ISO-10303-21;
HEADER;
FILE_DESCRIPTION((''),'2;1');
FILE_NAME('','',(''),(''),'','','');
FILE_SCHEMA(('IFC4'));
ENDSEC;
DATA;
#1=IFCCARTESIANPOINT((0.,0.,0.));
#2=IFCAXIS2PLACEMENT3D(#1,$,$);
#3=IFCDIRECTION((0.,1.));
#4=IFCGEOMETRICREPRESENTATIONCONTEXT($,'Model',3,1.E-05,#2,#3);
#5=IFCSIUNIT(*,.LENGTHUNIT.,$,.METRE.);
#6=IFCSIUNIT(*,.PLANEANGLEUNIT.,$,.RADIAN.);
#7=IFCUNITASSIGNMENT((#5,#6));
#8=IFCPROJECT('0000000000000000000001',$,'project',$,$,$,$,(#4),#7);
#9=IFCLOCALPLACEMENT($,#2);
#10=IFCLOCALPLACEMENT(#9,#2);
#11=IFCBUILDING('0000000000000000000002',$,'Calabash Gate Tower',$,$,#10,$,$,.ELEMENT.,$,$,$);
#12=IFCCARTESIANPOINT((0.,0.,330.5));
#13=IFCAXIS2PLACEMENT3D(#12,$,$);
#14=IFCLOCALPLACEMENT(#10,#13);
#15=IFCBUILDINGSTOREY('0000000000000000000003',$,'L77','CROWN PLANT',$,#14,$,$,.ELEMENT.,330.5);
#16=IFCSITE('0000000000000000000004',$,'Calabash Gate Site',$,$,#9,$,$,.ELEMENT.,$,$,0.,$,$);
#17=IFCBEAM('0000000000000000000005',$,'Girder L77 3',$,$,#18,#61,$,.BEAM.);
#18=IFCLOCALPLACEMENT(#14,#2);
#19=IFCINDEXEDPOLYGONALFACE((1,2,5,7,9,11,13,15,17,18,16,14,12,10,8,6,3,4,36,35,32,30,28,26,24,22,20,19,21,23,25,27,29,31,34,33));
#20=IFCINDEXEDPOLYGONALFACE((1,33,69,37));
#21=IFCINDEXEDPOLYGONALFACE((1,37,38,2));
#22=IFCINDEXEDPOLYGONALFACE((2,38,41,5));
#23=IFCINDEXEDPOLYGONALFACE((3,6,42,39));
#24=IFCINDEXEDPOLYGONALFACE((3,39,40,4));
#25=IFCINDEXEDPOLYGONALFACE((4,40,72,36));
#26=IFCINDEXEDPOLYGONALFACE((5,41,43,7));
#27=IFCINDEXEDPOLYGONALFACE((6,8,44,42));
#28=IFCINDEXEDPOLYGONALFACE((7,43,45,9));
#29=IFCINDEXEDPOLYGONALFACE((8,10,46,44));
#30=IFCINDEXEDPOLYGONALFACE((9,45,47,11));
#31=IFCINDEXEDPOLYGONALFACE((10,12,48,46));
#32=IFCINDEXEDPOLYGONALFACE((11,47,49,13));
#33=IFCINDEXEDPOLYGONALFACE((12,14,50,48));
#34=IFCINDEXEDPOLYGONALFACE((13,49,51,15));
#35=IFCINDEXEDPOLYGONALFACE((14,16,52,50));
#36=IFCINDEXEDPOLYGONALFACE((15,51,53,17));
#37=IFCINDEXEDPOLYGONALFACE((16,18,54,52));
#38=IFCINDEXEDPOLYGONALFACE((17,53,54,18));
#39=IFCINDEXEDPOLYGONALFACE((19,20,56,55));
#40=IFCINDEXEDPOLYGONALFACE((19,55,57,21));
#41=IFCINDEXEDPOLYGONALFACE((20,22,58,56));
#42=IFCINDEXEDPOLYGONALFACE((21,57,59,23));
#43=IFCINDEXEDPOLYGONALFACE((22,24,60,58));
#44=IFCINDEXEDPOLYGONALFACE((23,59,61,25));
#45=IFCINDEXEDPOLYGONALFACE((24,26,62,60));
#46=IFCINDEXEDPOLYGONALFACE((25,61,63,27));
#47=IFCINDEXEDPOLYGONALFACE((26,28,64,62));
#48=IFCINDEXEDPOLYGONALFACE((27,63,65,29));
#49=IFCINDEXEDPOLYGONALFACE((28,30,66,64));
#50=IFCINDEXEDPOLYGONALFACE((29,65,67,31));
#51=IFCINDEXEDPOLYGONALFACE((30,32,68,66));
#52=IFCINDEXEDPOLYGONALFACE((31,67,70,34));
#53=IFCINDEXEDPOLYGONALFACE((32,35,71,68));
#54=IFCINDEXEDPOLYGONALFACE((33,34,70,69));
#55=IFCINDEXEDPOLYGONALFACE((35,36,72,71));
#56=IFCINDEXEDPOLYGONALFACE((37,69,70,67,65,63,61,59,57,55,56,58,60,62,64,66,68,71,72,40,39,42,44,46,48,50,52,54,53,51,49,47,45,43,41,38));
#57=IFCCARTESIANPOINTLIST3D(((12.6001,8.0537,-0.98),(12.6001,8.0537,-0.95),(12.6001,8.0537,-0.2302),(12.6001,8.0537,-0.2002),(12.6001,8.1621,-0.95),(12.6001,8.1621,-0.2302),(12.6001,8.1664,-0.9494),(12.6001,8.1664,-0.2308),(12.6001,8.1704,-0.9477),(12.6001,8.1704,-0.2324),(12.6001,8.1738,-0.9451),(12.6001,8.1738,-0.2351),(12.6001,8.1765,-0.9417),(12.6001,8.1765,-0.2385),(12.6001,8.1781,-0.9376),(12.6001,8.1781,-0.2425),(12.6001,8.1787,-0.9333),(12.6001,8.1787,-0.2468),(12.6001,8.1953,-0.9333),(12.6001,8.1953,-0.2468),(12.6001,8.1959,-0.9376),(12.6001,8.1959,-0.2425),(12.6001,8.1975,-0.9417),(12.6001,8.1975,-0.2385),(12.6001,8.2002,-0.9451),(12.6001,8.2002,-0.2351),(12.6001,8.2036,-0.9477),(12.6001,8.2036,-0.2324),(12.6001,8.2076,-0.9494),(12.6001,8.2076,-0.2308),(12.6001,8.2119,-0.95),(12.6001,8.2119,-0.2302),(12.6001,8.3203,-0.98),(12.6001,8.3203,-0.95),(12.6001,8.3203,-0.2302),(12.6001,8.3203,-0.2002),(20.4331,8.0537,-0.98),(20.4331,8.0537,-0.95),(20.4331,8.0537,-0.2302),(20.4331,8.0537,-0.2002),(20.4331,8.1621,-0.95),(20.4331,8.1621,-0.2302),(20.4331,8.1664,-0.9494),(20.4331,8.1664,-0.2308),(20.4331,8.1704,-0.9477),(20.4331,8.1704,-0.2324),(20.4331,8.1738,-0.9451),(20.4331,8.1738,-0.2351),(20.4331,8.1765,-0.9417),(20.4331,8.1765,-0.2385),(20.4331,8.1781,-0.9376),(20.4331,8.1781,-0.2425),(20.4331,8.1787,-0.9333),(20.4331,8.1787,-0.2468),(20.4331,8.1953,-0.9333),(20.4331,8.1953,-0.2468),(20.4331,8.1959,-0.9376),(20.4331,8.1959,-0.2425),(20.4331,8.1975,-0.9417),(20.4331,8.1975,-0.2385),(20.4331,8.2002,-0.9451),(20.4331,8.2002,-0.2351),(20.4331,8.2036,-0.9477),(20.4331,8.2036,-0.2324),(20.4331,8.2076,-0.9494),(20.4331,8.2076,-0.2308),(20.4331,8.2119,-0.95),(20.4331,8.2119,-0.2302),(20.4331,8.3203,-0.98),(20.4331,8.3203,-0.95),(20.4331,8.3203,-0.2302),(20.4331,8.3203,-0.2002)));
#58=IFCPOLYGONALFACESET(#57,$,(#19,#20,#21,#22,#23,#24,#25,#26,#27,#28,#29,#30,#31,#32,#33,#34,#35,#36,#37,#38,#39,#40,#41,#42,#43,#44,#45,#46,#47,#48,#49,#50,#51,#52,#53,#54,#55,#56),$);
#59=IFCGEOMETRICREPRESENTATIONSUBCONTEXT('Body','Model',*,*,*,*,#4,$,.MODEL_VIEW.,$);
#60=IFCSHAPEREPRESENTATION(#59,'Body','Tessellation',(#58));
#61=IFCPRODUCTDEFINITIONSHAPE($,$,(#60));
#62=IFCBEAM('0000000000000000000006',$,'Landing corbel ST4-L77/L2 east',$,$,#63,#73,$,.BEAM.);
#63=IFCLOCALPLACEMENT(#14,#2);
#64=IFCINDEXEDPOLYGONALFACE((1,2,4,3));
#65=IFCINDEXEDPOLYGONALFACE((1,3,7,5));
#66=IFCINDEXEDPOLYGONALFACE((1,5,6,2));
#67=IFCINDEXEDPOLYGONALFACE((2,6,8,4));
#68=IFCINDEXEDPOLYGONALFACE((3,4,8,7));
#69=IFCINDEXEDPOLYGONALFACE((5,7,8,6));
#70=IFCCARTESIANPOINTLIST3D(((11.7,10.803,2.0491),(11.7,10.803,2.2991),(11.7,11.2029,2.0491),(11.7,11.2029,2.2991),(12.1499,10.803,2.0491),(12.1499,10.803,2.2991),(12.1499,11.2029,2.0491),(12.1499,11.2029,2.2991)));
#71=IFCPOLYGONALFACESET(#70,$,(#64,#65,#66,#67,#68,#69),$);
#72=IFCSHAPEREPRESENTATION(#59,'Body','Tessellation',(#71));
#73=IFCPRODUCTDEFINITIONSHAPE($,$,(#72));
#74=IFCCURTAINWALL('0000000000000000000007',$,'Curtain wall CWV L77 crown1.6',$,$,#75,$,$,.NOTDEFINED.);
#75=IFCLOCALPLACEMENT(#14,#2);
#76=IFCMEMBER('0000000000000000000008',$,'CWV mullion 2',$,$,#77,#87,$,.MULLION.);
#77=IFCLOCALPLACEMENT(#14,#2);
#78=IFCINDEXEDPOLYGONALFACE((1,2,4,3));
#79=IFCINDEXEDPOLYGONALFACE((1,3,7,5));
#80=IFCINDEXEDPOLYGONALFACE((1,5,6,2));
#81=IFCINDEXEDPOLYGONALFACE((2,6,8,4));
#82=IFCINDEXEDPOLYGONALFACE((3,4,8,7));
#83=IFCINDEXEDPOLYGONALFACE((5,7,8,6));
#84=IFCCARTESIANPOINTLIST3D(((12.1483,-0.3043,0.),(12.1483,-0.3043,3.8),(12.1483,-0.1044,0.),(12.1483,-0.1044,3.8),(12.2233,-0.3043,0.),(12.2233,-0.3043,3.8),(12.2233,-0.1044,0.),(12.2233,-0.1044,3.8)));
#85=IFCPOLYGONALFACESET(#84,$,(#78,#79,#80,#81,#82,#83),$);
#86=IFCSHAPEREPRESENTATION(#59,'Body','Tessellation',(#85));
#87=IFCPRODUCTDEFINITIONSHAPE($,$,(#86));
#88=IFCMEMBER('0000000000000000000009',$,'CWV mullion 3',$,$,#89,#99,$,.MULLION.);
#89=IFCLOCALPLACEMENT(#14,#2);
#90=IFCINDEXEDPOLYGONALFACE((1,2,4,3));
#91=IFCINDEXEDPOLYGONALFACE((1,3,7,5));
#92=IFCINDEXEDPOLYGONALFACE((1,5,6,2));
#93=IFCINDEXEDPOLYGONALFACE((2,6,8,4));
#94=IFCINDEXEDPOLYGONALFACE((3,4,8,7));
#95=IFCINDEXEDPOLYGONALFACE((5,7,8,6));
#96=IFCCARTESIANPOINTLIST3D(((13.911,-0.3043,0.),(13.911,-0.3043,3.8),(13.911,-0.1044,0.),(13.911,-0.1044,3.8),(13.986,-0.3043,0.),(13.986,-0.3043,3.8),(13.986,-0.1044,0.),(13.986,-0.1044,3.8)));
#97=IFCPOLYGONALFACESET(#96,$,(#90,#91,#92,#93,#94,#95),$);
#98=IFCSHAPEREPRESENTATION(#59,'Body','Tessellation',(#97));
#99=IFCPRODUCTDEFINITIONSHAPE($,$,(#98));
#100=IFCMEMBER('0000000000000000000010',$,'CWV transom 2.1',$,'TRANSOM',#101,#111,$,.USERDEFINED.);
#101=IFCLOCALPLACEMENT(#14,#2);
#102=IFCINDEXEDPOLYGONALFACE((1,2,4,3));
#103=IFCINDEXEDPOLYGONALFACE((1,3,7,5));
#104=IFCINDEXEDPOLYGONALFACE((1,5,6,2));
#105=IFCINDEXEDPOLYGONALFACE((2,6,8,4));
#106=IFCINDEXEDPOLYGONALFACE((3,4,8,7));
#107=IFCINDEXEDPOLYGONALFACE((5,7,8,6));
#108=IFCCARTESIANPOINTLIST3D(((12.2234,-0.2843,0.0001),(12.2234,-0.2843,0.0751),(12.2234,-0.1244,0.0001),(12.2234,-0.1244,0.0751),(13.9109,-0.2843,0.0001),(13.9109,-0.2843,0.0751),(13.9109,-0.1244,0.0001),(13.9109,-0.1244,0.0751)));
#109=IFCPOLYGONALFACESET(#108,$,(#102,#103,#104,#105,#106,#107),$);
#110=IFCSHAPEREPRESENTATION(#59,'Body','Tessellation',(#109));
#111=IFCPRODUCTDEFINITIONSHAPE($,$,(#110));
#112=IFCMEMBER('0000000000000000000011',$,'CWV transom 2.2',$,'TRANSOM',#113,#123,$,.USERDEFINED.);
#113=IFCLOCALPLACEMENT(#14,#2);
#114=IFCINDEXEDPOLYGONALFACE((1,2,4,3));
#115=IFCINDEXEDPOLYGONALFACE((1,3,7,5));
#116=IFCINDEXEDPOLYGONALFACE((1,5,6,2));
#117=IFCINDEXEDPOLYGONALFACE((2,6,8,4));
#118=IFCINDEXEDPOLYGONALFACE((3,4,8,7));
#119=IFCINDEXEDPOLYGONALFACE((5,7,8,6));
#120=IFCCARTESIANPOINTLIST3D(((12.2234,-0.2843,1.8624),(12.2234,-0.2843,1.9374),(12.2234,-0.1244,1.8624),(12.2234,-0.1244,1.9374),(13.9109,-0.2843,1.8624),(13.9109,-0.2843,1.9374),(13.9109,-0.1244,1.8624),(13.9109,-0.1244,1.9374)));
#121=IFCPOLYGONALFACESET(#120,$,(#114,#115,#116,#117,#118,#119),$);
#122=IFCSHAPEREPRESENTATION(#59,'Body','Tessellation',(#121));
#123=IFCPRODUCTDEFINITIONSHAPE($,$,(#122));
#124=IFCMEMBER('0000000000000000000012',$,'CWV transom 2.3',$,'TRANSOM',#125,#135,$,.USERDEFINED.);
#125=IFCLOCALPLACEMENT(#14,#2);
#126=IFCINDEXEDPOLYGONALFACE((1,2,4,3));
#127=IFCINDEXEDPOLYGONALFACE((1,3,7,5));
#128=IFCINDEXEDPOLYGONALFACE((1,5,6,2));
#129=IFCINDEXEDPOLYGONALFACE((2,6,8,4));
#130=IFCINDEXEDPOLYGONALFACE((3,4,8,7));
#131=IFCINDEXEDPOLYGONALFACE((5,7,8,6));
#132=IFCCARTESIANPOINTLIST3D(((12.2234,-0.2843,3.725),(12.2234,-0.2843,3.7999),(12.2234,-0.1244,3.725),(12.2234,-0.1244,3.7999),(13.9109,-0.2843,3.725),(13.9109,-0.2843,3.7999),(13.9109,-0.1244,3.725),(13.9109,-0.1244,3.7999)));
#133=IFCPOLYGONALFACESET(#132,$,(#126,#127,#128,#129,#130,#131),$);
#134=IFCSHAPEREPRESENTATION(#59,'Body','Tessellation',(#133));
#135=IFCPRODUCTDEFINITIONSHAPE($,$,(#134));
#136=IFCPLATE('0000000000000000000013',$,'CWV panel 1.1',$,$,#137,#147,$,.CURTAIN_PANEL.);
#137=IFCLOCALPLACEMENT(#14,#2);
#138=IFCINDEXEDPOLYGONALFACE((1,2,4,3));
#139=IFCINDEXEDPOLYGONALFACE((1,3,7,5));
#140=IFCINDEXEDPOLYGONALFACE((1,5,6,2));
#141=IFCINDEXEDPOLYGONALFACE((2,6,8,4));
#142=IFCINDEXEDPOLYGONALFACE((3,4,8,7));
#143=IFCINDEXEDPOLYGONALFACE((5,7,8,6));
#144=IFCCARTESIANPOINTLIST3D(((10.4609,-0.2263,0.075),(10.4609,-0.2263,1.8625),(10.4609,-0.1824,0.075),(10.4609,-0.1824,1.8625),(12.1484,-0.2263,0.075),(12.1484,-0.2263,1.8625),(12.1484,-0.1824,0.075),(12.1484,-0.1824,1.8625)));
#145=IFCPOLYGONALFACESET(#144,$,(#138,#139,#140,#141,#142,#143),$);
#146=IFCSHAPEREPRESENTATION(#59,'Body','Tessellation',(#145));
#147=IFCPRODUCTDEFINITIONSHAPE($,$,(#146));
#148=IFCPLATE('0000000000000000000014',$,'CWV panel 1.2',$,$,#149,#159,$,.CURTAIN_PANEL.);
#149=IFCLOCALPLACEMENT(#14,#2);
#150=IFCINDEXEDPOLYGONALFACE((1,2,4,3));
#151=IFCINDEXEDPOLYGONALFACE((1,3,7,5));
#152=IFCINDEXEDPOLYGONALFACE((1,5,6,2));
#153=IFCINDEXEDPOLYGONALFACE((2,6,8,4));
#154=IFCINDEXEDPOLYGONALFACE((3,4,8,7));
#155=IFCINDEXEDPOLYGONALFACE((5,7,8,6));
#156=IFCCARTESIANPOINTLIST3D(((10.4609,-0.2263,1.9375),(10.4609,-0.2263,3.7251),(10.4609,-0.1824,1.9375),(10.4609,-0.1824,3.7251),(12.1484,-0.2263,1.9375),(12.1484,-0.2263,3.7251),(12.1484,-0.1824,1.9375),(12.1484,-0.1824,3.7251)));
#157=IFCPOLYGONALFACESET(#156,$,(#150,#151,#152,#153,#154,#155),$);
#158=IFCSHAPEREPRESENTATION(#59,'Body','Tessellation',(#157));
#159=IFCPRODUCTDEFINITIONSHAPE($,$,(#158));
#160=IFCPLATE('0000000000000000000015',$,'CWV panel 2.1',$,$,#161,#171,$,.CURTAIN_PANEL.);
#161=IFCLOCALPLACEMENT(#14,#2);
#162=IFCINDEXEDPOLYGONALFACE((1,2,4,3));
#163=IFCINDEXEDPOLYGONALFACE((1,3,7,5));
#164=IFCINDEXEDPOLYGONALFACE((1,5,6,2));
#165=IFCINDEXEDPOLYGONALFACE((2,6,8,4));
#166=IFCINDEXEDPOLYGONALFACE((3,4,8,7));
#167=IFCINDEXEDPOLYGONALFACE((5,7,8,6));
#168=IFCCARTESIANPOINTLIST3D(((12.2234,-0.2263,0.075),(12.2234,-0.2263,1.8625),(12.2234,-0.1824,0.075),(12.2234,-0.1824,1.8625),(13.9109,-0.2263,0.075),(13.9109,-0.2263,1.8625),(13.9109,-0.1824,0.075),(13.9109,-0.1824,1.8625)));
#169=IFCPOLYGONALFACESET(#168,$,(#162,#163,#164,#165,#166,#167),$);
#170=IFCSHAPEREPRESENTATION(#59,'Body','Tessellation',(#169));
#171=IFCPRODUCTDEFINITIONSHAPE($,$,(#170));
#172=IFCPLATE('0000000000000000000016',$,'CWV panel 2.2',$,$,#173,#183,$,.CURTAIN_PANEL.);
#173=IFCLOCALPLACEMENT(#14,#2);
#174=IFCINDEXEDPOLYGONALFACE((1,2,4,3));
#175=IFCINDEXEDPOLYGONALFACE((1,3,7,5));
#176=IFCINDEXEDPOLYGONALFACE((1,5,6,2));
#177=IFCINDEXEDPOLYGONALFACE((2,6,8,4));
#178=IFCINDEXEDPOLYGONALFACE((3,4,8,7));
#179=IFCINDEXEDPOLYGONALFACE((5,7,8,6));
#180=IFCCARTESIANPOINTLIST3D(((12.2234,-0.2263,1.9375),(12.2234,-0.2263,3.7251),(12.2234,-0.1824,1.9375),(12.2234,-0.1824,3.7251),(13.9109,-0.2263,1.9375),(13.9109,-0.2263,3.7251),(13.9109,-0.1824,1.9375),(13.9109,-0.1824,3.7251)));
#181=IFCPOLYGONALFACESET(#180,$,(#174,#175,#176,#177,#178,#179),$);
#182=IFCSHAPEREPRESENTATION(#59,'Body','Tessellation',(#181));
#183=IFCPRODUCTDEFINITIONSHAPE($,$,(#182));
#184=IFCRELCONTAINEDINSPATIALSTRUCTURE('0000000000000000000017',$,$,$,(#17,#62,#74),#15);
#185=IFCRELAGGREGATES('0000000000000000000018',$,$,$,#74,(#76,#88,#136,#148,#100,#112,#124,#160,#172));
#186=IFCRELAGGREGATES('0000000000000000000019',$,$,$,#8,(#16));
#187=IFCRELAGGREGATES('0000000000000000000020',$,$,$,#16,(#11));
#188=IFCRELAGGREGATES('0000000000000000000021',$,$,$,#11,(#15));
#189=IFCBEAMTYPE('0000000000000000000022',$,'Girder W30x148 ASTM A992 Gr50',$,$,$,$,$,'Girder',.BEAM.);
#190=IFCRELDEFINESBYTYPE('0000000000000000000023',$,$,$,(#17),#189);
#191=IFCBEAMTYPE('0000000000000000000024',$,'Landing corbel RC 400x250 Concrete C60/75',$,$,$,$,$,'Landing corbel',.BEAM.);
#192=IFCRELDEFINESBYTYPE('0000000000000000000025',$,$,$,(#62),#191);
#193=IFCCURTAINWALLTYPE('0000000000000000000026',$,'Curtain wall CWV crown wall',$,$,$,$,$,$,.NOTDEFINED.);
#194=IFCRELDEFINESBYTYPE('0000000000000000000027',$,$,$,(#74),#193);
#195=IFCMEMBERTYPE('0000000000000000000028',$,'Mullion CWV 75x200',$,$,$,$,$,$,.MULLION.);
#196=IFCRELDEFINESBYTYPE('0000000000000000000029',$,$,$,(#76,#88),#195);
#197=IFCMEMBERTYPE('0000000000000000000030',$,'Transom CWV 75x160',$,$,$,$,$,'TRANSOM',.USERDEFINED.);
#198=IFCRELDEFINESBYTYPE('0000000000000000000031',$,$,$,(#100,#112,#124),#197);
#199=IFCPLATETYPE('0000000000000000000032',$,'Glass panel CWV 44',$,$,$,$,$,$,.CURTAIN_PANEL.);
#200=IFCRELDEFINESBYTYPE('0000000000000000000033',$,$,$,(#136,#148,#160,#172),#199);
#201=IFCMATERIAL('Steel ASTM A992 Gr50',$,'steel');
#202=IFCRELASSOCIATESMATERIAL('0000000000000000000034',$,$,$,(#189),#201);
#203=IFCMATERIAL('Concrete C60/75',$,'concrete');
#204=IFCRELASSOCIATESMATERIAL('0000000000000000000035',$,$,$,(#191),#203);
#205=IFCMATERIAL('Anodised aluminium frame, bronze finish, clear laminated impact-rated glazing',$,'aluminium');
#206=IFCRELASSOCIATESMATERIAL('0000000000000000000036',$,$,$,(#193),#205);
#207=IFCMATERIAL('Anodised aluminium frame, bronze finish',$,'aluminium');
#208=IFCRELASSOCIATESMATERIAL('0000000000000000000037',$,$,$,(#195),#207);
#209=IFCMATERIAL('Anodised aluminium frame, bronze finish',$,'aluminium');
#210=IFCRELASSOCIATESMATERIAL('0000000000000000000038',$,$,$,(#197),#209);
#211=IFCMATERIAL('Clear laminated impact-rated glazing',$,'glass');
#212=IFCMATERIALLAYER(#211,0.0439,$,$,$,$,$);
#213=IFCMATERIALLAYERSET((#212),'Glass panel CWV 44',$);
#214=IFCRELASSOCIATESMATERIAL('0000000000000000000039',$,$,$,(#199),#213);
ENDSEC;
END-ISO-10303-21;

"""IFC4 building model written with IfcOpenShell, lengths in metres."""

from ifc_helpers import new_model, si_unit, direction, frame, origin, origin_2d, place, context, subcontext, project, spatial, rectangle, i_section, extrude, material, layer, layer_set, material_profile, profile_set, type_object, element, aggregate, save


model = new_model("IFC4")

# Units and contexts
model_context = context("Model", 3, precision=1e-05, world=origin(), true_north=direction((0.0, 1.0)))
body_context = subcontext(model_context, "Body", "Model", "MODEL_VIEW")
ifc_project = project(units=[si_unit("LENGTHUNIT", "METRE"), si_unit("PLANEANGLEUNIT", "RADIAN")], contexts=[model_context])

# Site, building, storey
site_placement = place(None, origin())
site = spatial("IfcSite", under=ifc_project, at=site_placement, Name="Calabash Gate Site", CompositionType="ELEMENT", RefElevation=0.0)
building_placement = place(site_placement, origin())
building = spatial("IfcBuilding", under=site, at=building_placement, Name="Calabash Gate Tower", CompositionType="ELEMENT")
storey_placement = place(building_placement, frame((0.0, 0.0, 330.5)))
storey = spatial("IfcBuildingStorey", under=building, at=storey_placement, Name="L77", Description="CROWN PLANT", CompositionType="ELEMENT", Elevation=330.5)

# Beams
ifc_material_1 = material(Name="Steel ASTM A992 Gr50", Category="steel")
ifc_material_profile_1 = material_profile(ifc_material_1, i_section(OverallWidth=0.2666, OverallDepth=0.7798, WebThickness=0.0166, FlangeThickness=0.03, FilletRadius=0.0166, at=origin_2d()))
ifc_profile_set_1 = profile_set([ifc_material_profile_1], Name="Steel ASTM A992 Gr50")
beam_type_1 = type_object("IfcBeamType", Name="Girder W30x148 ASTM A992 Gr50", ElementType="Girder", PredefinedType="BEAM", material=ifc_profile_set_1)
beam_1_placement = place(storey_placement, frame((20.4331, 8.187, -0.5901), z_axis=(-1.0, 0.0, 0.0), x_axis=(0.0, -1.0, 0.0)))
element("IfcBeam", 1, at=beam_1_placement, inside=storey, type_object=beam_type_1, Name="Girder L77 3", PredefinedType="BEAM", context=body_context, shape_type="SweptSolid", body=[
    extrude(i_section(OverallWidth=0.2666, OverallDepth=0.7798, WebThickness=0.0166, FlangeThickness=0.03, FilletRadius=0.0166, at=origin_2d()), origin(), (0.0, 0.0, 1.0), 7.833),
])
ifc_material_2 = material(Name="Concrete C60/75", Category="concrete")
ifc_material_profile_2 = material_profile(ifc_material_2, rectangle(XDim=0.3999, YDim=0.25, at=origin_2d()))
ifc_profile_set_2 = profile_set([ifc_material_profile_2], Name="Concrete C60/75")
beam_type_2 = type_object("IfcBeamType", Name="Landing corbel RC 400x250 Concrete C60/75", ElementType="Landing corbel", PredefinedType="BEAM", material=ifc_profile_set_2)
beam_2_placement = place(storey_placement, frame((12.1499, 11.0029, 2.1741), z_axis=(-1.0, 0.0, 0.0), x_axis=(0.0, -1.0, 0.0)))
element("IfcBeam", 2, at=beam_2_placement, inside=storey, type_object=beam_type_2, Name="Landing corbel ST4-L77/L2 east", PredefinedType="BEAM", context=body_context, shape_type="SweptSolid", body=[
    extrude(rectangle(XDim=0.3999, YDim=0.25, at=origin_2d()), origin(), (0.0, 0.0, 1.0), 0.45),
])

# Curtain wall, members, plates
ifc_material_3 = material(Name="Anodised aluminium frame, bronze finish, clear laminated impact-rated glazing", Category="aluminium")
curtain_wall_type = type_object("IfcCurtainWallType", Name="Curtain wall CWV crown wall", PredefinedType="NOTDEFINED", material=ifc_material_3)
curtain_wall_placement = place(storey_placement, origin())
curtain_wall = element("IfcCurtainWall", 3, at=curtain_wall_placement, inside=storey, type_object=curtain_wall_type, Name="Curtain wall CWV L77 crown1.6", PredefinedType="NOTDEFINED")
ifc_material_4 = material(Name="Anodised aluminium frame, bronze finish", Category="aluminium")
ifc_material_profile_3 = material_profile(ifc_material_4, rectangle(XDim=0.2, YDim=0.075, at=origin_2d()))
ifc_profile_set_3 = profile_set([ifc_material_profile_3], Name="Anodised aluminium frame, bronze finish")
member_type_1 = type_object("IfcMemberType", Name="Mullion CWV 75x200", PredefinedType="MULLION", material=ifc_profile_set_3)
member_1_placement = place(storey_placement, frame((12.1858, -0.2043, 0.0), z_axis=(0.0, 0.0, 1.0), x_axis=(0.0, 1.0, 0.0)))
member_1 = element("IfcMember", 4, at=member_1_placement, type_object=member_type_1, Name="CWV mullion 2", PredefinedType="MULLION", context=body_context, shape_type="SweptSolid", body=[
    extrude(rectangle(XDim=0.2, YDim=0.075, at=origin_2d()), origin(), (0.0, 0.0, 1.0), 3.8),
])
member_2_placement = place(storey_placement, frame((13.9485, -0.2043, 0.0), z_axis=(0.0, 0.0, 1.0), x_axis=(0.0, 1.0, 0.0)))
member_2 = element("IfcMember", 5, at=member_2_placement, type_object=member_type_1, Name="CWV mullion 3", PredefinedType="MULLION", context=body_context, shape_type="SweptSolid", body=[
    extrude(rectangle(XDim=0.2, YDim=0.075, at=origin_2d()), origin(), (0.0, 0.0, 1.0), 3.8),
])
ifc_material_5 = material(Name="Anodised aluminium frame, bronze finish", Category="aluminium")
ifc_material_profile_4 = material_profile(ifc_material_5, rectangle(XDim=0.1599, YDim=0.075, at=origin_2d()))
ifc_profile_set_4 = profile_set([ifc_material_profile_4], Name="Anodised aluminium frame, bronze finish")
member_type_2 = type_object("IfcMemberType", Name="Transom CWV 75x160", ElementType="TRANSOM", PredefinedType="USERDEFINED", material=ifc_profile_set_4)
member_3_placement = place(storey_placement, frame((12.2234, -0.2043, 0.0376), z_axis=(1.0, 0.0, 0.0), x_axis=(0.0, 1.0, 0.0)))
member_3 = element("IfcMember", 6, at=member_3_placement, type_object=member_type_2, Name="CWV transom 2.1", ObjectType="TRANSOM", PredefinedType="USERDEFINED", context=body_context, shape_type="SweptSolid", body=[
    extrude(rectangle(XDim=0.1599, YDim=0.075, at=origin_2d()), origin(), (0.0, 0.0, 1.0), 1.6875),
])
member_4_placement = place(storey_placement, frame((12.2234, -0.2043, 1.8999), z_axis=(1.0, 0.0, 0.0), x_axis=(0.0, 1.0, 0.0)))
member_4 = element("IfcMember", 7, at=member_4_placement, type_object=member_type_2, Name="CWV transom 2.2", ObjectType="TRANSOM", PredefinedType="USERDEFINED", context=body_context, shape_type="SweptSolid", body=[
    extrude(rectangle(XDim=0.1599, YDim=0.075, at=origin_2d()), origin(), (0.0, 0.0, 1.0), 1.6875),
])
member_5_placement = place(storey_placement, frame((12.2234, -0.2043, 3.7625), z_axis=(1.0, 0.0, 0.0), x_axis=(0.0, 1.0, 0.0)))
member_5 = element("IfcMember", 8, at=member_5_placement, type_object=member_type_2, Name="CWV transom 2.3", ObjectType="TRANSOM", PredefinedType="USERDEFINED", context=body_context, shape_type="SweptSolid", body=[
    extrude(rectangle(XDim=0.1599, YDim=0.075, at=origin_2d()), origin(), (0.0, 0.0, 1.0), 1.6875),
])
ifc_material_6 = material(Name="Clear laminated impact-rated glazing", Category="glass")
ifc_layer_1 = layer(ifc_material_6, 0.0439)
ifc_layer_set_1 = layer_set([ifc_layer_1], Name="Glass panel CWV 44")
plate_type = type_object("IfcPlateType", Name="Glass panel CWV 44", PredefinedType="CURTAIN_PANEL", material=ifc_layer_set_1)
plate_1_placement = place(storey_placement, frame((11.3047, -0.2043, 0.075), z_axis=(0.0, 0.0, 1.0), x_axis=(1.0, 0.0, 0.0)))
plate_1 = element("IfcPlate", 9, at=plate_1_placement, type_object=plate_type, Name="CWV panel 1.1", PredefinedType="CURTAIN_PANEL", context=body_context, shape_type="SweptSolid", body=[
    extrude(rectangle(XDim=1.6875, YDim=0.0439, at=origin_2d()), origin(), (0.0, 0.0, 1.0), 1.7876),
])
plate_2_placement = place(storey_placement, frame((11.3047, -0.2043, 1.9375), z_axis=(0.0, 0.0, 1.0), x_axis=(1.0, 0.0, 0.0)))
plate_2 = element("IfcPlate", 10, at=plate_2_placement, type_object=plate_type, Name="CWV panel 1.2", PredefinedType="CURTAIN_PANEL", context=body_context, shape_type="SweptSolid", body=[
    extrude(rectangle(XDim=1.6875, YDim=0.0439, at=origin_2d()), origin(), (0.0, 0.0, 1.0), 1.7876),
])
plate_3_placement = place(storey_placement, frame((13.0671, -0.2043, 0.075), z_axis=(0.0, 0.0, 1.0), x_axis=(1.0, 0.0, 0.0)))
plate_3 = element("IfcPlate", 11, at=plate_3_placement, type_object=plate_type, Name="CWV panel 2.1", PredefinedType="CURTAIN_PANEL", context=body_context, shape_type="SweptSolid", body=[
    extrude(rectangle(XDim=1.6875, YDim=0.0439, at=origin_2d()), origin(), (0.0, 0.0, 1.0), 1.7876),
])
plate_4_placement = place(storey_placement, frame((13.0671, -0.2043, 1.9375), z_axis=(0.0, 0.0, 1.0), x_axis=(1.0, 0.0, 0.0)))
plate_4 = element("IfcPlate", 12, at=plate_4_placement, type_object=plate_type, Name="CWV panel 2.2", PredefinedType="CURTAIN_PANEL", context=body_context, shape_type="SweptSolid", body=[
    extrude(rectangle(XDim=1.6875, YDim=0.0439, at=origin_2d()), origin(), (0.0, 0.0, 1.0), 1.7876),
])
aggregate(curtain_wall, [member_1, member_2, plate_1, plate_2, member_3, member_4, member_5, plate_3, plate_4])

save(model, "model.ifc")
